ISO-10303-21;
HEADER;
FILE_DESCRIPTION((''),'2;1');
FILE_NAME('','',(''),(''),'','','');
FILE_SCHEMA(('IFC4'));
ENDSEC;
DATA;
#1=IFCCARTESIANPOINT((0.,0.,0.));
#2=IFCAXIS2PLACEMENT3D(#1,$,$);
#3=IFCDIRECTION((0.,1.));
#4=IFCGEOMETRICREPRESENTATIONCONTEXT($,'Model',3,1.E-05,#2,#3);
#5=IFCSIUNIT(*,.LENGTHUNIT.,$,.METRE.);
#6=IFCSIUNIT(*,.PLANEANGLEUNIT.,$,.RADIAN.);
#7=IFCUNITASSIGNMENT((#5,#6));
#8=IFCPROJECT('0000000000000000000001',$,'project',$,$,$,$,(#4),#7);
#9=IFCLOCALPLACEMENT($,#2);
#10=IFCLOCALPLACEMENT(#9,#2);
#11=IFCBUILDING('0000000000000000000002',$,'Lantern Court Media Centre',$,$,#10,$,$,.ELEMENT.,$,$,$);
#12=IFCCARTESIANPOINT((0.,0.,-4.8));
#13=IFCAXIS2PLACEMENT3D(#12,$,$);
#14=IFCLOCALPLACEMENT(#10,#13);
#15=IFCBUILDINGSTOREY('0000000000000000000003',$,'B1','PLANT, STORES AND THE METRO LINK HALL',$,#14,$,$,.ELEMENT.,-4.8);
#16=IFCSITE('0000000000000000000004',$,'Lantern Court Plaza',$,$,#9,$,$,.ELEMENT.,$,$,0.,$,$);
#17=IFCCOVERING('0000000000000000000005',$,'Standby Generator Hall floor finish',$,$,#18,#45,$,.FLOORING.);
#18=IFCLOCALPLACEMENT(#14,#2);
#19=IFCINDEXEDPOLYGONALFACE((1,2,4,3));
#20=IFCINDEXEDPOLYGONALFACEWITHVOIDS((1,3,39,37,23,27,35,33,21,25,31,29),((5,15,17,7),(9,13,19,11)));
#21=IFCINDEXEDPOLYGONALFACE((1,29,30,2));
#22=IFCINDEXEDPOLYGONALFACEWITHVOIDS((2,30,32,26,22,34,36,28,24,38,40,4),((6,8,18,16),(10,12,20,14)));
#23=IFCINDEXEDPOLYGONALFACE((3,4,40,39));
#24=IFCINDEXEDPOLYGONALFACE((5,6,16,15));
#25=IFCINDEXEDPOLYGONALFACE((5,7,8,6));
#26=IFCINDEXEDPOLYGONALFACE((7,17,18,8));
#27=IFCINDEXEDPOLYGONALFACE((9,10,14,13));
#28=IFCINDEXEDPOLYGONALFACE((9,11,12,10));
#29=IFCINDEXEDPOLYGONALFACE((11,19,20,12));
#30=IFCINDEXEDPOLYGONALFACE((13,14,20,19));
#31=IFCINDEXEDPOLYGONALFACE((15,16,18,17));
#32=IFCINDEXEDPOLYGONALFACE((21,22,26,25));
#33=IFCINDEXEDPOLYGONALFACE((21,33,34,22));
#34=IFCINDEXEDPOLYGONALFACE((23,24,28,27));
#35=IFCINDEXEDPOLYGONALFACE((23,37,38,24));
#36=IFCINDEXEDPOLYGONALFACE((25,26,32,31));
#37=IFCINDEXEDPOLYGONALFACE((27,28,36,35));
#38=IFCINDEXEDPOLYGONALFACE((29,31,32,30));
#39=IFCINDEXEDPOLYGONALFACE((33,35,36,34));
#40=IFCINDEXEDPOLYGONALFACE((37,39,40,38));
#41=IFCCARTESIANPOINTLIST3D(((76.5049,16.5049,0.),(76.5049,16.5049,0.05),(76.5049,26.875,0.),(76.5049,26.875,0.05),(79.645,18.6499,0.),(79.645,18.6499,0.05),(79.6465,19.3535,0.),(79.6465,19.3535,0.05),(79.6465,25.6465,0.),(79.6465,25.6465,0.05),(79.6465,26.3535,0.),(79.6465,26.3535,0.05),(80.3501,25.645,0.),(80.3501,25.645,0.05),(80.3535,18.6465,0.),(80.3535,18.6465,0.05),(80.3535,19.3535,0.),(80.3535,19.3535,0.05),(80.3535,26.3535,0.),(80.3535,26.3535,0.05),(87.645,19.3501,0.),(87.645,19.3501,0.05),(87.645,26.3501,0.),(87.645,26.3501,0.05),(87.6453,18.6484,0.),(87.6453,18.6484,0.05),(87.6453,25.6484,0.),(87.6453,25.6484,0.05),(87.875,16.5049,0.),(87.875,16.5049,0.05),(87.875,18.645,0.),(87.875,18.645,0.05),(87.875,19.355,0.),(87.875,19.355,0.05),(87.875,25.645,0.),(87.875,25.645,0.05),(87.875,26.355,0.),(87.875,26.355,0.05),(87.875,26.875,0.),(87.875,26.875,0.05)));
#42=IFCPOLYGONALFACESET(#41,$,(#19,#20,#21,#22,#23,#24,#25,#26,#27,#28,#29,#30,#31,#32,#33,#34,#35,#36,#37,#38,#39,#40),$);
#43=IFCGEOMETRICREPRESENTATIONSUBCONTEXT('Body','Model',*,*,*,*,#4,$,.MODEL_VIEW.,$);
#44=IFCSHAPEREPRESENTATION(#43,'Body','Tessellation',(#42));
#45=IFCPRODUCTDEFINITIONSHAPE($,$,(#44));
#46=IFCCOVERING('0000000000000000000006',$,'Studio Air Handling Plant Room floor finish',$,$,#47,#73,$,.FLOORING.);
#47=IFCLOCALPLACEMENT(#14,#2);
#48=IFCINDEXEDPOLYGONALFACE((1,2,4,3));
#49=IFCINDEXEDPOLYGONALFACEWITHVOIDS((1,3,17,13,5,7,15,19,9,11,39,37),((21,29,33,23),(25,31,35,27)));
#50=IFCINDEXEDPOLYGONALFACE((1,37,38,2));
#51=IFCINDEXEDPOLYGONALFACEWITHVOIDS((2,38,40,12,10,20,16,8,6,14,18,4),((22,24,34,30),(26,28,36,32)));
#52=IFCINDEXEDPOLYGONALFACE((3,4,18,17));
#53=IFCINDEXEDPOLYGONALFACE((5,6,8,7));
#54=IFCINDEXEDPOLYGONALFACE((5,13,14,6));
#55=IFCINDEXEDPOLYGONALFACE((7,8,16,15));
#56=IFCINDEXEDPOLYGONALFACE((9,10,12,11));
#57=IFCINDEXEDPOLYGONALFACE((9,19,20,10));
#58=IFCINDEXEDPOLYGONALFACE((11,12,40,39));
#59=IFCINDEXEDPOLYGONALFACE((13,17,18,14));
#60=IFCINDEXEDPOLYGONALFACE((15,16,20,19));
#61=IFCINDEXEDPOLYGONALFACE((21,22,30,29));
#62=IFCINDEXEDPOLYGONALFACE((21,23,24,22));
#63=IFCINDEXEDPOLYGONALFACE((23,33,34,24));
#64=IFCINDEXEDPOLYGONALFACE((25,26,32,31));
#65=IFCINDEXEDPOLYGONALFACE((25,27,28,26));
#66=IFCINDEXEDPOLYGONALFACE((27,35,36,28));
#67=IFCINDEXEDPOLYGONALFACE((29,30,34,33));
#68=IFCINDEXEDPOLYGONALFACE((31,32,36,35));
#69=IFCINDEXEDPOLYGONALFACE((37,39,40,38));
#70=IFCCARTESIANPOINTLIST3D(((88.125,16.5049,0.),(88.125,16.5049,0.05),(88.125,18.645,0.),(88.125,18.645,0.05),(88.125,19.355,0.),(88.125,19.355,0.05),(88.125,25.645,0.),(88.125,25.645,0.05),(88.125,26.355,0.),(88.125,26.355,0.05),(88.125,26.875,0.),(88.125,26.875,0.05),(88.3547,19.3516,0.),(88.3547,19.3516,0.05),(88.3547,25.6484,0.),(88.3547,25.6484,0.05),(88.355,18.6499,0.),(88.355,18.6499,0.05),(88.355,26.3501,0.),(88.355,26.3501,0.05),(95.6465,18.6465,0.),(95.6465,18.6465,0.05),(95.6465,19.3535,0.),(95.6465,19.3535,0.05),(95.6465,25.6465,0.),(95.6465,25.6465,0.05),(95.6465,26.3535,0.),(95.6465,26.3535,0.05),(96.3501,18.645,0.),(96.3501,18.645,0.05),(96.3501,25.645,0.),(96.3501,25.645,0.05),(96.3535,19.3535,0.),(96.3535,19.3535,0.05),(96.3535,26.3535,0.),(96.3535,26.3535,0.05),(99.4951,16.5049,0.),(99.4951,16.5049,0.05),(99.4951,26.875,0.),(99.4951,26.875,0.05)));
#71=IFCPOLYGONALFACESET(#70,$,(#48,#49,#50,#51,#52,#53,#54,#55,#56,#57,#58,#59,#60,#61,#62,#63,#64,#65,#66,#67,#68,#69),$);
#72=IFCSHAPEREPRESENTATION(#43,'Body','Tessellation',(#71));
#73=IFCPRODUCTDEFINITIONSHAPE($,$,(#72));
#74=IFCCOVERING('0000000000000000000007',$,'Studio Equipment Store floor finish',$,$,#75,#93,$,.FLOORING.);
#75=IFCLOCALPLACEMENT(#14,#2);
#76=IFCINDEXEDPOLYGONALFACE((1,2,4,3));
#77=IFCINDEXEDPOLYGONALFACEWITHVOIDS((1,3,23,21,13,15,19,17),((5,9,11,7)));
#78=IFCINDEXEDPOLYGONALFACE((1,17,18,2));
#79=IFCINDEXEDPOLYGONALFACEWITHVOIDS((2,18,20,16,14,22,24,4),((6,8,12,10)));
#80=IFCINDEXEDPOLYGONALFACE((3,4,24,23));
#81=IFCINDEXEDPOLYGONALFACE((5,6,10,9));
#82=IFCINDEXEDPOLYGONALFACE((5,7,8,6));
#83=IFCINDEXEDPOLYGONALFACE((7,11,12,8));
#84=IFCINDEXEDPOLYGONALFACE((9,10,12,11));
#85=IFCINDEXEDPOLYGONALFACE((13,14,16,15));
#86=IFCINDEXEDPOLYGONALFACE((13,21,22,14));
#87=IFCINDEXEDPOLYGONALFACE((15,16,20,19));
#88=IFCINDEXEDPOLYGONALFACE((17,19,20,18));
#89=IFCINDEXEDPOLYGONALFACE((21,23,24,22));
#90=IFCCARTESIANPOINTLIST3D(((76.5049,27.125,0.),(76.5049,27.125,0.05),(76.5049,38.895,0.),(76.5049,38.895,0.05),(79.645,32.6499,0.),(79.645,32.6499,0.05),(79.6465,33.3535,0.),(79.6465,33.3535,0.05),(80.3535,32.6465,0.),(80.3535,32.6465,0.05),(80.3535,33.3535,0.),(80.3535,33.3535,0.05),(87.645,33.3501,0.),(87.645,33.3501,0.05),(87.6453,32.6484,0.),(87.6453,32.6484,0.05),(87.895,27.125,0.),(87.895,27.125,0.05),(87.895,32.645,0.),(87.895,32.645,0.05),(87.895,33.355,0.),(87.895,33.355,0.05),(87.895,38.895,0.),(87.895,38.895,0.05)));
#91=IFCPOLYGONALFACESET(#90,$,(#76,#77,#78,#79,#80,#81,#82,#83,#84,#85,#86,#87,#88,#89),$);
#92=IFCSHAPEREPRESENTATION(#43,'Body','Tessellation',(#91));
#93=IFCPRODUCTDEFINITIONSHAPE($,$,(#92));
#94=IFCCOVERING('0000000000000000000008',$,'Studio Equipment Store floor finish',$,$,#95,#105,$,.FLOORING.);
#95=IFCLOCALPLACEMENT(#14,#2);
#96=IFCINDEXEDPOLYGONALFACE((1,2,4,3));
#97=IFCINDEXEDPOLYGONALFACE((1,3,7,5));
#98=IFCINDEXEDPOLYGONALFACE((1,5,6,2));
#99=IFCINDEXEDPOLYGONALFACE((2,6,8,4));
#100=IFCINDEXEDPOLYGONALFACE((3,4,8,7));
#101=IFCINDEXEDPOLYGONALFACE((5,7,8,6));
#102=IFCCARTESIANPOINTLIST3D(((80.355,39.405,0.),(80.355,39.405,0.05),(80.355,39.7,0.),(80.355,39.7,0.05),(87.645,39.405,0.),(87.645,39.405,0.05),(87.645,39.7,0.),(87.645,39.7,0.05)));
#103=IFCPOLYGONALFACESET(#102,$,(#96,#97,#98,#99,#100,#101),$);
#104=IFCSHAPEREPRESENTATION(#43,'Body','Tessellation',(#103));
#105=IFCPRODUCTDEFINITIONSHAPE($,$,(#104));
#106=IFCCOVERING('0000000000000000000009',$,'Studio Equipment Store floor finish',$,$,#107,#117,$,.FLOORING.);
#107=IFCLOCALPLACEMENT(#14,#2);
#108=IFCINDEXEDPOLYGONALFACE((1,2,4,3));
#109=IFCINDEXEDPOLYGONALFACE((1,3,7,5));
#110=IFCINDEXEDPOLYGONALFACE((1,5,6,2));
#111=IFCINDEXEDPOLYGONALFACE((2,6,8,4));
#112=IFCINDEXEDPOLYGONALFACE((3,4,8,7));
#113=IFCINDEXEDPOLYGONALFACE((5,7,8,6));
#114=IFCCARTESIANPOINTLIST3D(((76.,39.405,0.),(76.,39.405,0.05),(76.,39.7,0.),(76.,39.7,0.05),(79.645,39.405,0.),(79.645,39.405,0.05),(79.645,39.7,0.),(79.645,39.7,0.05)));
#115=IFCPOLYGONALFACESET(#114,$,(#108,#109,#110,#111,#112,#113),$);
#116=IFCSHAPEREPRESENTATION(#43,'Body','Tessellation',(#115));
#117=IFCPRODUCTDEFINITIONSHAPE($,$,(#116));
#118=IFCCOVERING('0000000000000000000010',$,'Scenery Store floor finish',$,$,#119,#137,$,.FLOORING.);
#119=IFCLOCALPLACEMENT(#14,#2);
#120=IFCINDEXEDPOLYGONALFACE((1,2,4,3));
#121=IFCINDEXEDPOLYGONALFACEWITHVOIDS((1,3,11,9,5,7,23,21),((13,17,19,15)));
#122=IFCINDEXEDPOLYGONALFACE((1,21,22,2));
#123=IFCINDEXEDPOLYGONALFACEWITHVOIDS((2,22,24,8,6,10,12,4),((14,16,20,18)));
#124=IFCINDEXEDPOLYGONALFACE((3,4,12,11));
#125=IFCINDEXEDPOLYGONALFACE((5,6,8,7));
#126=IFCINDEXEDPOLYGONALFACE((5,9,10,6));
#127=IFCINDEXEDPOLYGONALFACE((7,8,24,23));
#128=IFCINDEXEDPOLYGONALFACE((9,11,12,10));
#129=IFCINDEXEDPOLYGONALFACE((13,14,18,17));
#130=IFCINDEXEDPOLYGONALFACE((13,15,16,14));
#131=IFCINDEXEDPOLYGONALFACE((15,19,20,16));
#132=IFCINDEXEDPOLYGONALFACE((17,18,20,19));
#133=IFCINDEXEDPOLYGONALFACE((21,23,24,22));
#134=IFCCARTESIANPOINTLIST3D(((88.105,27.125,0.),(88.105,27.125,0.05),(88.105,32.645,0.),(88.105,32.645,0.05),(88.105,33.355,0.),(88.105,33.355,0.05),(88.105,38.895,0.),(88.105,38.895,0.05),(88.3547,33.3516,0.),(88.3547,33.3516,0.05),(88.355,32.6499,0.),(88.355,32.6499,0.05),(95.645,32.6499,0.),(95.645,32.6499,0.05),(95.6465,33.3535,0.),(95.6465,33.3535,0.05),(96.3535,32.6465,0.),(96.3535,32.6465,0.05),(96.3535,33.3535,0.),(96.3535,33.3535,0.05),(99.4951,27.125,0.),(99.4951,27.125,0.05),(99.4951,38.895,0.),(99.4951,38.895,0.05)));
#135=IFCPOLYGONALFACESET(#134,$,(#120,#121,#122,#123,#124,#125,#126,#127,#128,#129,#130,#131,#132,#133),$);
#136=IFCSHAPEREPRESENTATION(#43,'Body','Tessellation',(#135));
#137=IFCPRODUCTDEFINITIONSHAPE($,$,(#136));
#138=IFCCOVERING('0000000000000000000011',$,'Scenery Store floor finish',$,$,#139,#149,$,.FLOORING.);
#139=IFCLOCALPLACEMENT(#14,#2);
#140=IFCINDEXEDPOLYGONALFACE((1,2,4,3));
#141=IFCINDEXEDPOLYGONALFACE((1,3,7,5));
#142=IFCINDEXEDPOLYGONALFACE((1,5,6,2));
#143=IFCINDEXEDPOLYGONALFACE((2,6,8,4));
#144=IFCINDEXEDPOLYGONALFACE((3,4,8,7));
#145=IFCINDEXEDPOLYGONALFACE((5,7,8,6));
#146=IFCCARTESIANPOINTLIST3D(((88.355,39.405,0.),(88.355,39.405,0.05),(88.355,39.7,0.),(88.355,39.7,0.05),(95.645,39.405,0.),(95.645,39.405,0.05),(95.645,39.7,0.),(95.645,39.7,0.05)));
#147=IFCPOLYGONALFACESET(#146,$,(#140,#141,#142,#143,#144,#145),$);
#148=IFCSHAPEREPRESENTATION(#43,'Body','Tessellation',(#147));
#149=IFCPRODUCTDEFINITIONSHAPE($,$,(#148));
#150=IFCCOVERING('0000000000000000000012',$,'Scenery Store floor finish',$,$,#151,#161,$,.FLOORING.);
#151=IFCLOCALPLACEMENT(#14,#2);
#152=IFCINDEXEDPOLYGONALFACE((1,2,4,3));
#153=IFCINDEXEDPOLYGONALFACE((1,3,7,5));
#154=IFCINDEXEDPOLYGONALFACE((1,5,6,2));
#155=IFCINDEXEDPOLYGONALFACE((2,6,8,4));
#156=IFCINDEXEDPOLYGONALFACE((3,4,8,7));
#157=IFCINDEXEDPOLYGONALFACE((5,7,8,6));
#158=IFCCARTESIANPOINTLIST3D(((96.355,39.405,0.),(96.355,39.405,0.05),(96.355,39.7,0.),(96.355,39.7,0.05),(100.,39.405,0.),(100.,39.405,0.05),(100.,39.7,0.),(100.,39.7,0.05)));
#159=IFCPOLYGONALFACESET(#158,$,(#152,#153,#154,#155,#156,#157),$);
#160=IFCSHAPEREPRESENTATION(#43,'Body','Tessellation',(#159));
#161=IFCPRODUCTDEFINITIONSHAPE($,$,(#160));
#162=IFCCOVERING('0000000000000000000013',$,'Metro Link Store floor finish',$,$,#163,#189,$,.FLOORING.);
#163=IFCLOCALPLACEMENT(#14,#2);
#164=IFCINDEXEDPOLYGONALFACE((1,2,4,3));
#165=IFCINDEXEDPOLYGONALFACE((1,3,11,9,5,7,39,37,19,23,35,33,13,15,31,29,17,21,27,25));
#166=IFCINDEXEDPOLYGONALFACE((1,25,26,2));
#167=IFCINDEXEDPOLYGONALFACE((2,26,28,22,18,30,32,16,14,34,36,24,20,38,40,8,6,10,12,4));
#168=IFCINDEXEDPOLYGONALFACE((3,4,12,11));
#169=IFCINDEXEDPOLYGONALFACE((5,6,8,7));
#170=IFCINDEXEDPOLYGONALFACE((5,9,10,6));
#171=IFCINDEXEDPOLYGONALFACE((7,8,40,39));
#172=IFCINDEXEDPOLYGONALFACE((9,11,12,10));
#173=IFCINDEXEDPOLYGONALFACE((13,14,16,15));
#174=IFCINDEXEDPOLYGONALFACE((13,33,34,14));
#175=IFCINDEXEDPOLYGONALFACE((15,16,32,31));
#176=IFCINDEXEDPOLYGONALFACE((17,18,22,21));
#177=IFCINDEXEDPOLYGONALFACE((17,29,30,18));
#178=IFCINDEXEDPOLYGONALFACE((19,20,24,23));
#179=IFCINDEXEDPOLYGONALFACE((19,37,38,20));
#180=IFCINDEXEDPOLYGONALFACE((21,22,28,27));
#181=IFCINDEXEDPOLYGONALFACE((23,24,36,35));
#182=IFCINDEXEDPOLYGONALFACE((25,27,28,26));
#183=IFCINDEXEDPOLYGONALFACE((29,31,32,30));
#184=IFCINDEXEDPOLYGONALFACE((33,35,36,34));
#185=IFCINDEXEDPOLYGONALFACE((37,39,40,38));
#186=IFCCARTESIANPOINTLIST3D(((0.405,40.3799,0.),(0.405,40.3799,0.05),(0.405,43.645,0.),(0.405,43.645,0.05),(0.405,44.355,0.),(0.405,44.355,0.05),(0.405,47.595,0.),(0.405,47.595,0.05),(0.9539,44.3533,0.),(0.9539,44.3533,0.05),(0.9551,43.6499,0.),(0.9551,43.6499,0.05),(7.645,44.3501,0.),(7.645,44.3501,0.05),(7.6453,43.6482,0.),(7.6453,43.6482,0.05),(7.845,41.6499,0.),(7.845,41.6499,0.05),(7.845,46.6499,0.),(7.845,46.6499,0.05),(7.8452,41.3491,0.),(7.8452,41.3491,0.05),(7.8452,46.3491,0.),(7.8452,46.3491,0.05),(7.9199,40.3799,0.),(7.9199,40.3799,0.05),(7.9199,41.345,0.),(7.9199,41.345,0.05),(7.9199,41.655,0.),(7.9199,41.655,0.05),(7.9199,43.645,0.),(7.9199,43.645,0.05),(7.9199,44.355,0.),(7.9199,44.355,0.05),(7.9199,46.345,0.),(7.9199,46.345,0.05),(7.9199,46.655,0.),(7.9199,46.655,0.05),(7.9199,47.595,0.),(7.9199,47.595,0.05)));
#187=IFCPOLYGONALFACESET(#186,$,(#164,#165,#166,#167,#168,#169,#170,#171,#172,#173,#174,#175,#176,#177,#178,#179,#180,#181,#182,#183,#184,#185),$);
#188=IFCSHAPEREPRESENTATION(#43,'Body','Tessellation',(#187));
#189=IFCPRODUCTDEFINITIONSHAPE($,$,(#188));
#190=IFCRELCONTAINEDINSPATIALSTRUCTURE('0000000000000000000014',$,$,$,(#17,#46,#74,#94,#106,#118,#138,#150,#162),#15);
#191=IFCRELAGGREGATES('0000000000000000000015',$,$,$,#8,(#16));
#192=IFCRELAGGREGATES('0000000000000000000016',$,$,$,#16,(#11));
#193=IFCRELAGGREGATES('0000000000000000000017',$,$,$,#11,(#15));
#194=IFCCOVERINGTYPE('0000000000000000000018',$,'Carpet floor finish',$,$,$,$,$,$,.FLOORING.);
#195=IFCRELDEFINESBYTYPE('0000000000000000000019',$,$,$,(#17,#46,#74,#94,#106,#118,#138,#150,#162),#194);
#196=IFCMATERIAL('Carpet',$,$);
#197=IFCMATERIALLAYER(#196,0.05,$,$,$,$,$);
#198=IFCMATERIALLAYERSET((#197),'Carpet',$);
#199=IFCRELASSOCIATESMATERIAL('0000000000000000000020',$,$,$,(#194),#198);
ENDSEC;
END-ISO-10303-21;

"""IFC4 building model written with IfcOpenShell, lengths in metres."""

from ifc_helpers import new_model, si_unit, direction, frame, origin, place, context, subcontext, project, spatial, polyline, outline, extrude, material, layer, layer_set, type_object, element, save


model = new_model("IFC4")

# Units and contexts
model_context = context("Model", 3, precision=1e-05, world=origin(), true_north=direction((0.0, 1.0)))
body_context = subcontext(model_context, "Body", "Model", "MODEL_VIEW")
ifc_project = project(units=[si_unit("LENGTHUNIT", "METRE"), si_unit("PLANEANGLEUNIT", "RADIAN")], contexts=[model_context])

# Site, building, storey
site_placement = place(None, origin())
site = spatial("IfcSite", under=ifc_project, at=site_placement, Name="Lantern Court Plaza", CompositionType="ELEMENT", RefElevation=0.0)
building_placement = place(site_placement, origin())
building = spatial("IfcBuilding", under=site, at=building_placement, Name="Lantern Court Media Centre", CompositionType="ELEMENT")
storey_placement = place(building_placement, frame((0.0, 0.0, -4.8)))
storey = spatial("IfcBuildingStorey", under=building, at=storey_placement, Name="B1", Description="PLANT, STORES AND THE METRO LINK HALL", CompositionType="ELEMENT", Elevation=-4.8)

# Coverings
ifc_material_1 = material(Name="Carpet")
ifc_layer_1 = layer(ifc_material_1, 0.05)
ifc_layer_set_1 = layer_set([ifc_layer_1], Name="Carpet")
covering_type_1 = type_object("IfcCoveringType", Name="Carpet floor finish", PredefinedType="FLOORING", material=ifc_layer_set_1)
covering_1_placement = place(storey_placement, origin())
element("IfcCovering", 1, at=covering_1_placement, inside=storey, type_object=covering_type_1, Name="Standby Generator Hall floor finish", PredefinedType="FLOORING", context=body_context, shape_type="SweptSolid", body=[
    extrude(outline(polyline([(87.875, 26.875), (87.875, 26.355), (87.645, 26.3501), (87.6453, 25.6484), (87.875, 25.645), (87.875, 19.355), (87.645, 19.3501), (87.6453, 18.6484), (87.875, 18.645), (87.875, 16.5049), (76.5049, 16.5049), (76.5049, 26.875), (87.875, 26.875)]), holes=[polyline([(79.645, 18.6499), (80.3535, 18.6465), (80.3535, 19.3535), (79.6465, 19.3535), (79.645, 18.6499)]), polyline([(80.3501, 25.645), (80.3535, 26.3535), (79.6465, 26.3535), (79.6465, 25.6465), (80.3501, 25.645)])]), origin(), (0.0, 0.0, 1.0), 0.05),
])
covering_2_placement = place(storey_placement, origin())
element("IfcCovering", 2, at=covering_2_placement, inside=storey, type_object=covering_type_1, Name="Studio Air Handling Plant Room floor finish", PredefinedType="FLOORING", context=body_context, shape_type="SweptSolid", body=[
    extrude(outline(polyline([(88.125, 18.645), (88.355, 18.6499), (88.3547, 19.3516), (88.125, 19.355), (88.125, 25.645), (88.3547, 25.6484), (88.355, 26.3501), (88.125, 26.355), (88.125, 26.875), (99.4951, 26.875), (99.4951, 16.5049), (88.125, 16.5049), (88.125, 18.645)]), holes=[polyline([(96.3501, 18.645), (96.3535, 19.3535), (95.6465, 19.3535), (95.6465, 18.6465), (96.3501, 18.645)]), polyline([(96.3501, 25.645), (96.3535, 26.3535), (95.6465, 26.3535), (95.6465, 25.6465), (96.3501, 25.645)])]), origin(), (0.0, 0.0, 1.0), 0.05),
])
covering_3_placement = place(storey_placement, origin())
element("IfcCovering", 3, at=covering_3_placement, inside=storey, type_object=covering_type_1, Name="Studio Equipment Store floor finish", PredefinedType="FLOORING", context=body_context, shape_type="SweptSolid", body=[
    extrude(outline(polyline([(87.895, 27.125), (76.5049, 27.125), (76.5049, 38.895), (87.895, 38.895), (87.895, 33.355), (87.645, 33.3501), (87.6453, 32.6484), (87.895, 32.645), (87.895, 27.125)]), holes=[polyline([(79.645, 32.6499), (80.3535, 32.6465), (80.3535, 33.3535), (79.6465, 33.3535), (79.645, 32.6499)])]), origin(), (0.0, 0.0, 1.0), 0.05),
])
covering_4_placement = place(storey_placement, origin())
element("IfcCovering", 4, at=covering_4_placement, inside=storey, type_object=covering_type_1, Name="Studio Equipment Store floor finish", PredefinedType="FLOORING", context=body_context, shape_type="SweptSolid", body=[
    extrude(outline(polyline([(87.645, 39.7), (87.645, 39.405), (80.355, 39.405), (80.355, 39.7), (87.645, 39.7)])), origin(), (0.0, 0.0, 1.0), 0.05),
])
covering_5_placement = place(storey_placement, origin())
element("IfcCovering", 5, at=covering_5_placement, inside=storey, type_object=covering_type_1, Name="Studio Equipment Store floor finish", PredefinedType="FLOORING", context=body_context, shape_type="SweptSolid", body=[
    extrude(outline(polyline([(76.0, 39.7), (79.645, 39.7), (79.645, 39.405), (76.0, 39.405), (76.0, 39.7)])), origin(), (0.0, 0.0, 1.0), 0.05),
])
covering_6_placement = place(storey_placement, origin())
element("IfcCovering", 6, at=covering_6_placement, inside=storey, type_object=covering_type_1, Name="Scenery Store floor finish", PredefinedType="FLOORING", context=body_context, shape_type="SweptSolid", body=[
    extrude(outline(polyline([(88.105, 27.125), (88.105, 32.645), (88.355, 32.6499), (88.3547, 33.3516), (88.105, 33.355), (88.105, 38.895), (99.4951, 38.895), (99.4951, 27.125), (88.105, 27.125)]), holes=[polyline([(95.645, 32.6499), (96.3535, 32.6465), (96.3535, 33.3535), (95.6465, 33.3535), (95.645, 32.6499)])]), origin(), (0.0, 0.0, 1.0), 0.05),
])
covering_7_placement = place(storey_placement, origin())
element("IfcCovering", 7, at=covering_7_placement, inside=storey, type_object=covering_type_1, Name="Scenery Store floor finish", PredefinedType="FLOORING", context=body_context, shape_type="SweptSolid", body=[
    extrude(outline(polyline([(95.645, 39.7), (95.645, 39.405), (88.355, 39.405), (88.355, 39.7), (95.645, 39.7)])), origin(), (0.0, 0.0, 1.0), 0.05),
])
covering_8_placement = place(storey_placement, origin())
element("IfcCovering", 8, at=covering_8_placement, inside=storey, type_object=covering_type_1, Name="Scenery Store floor finish", PredefinedType="FLOORING", context=body_context, shape_type="SweptSolid", body=[
    extrude(outline(polyline([(100.0, 39.7), (100.0, 39.405), (96.355, 39.405), (96.355, 39.7), (100.0, 39.7)])), origin(), (0.0, 0.0, 1.0), 0.05),
])
covering_9_placement = place(storey_placement, origin())
element("IfcCovering", 9, at=covering_9_placement, inside=storey, type_object=covering_type_1, Name="Metro Link Store floor finish", PredefinedType="FLOORING", context=body_context, shape_type="SweptSolid", body=[
    extrude(outline(polyline([(7.9199, 40.3799), (0.405, 40.3799), (0.405, 43.645), (0.9551, 43.6499), (0.9539, 44.3533), (0.405, 44.355), (0.405, 47.595), (7.9199, 47.595), (7.9199, 46.655), (7.845, 46.6499), (7.8452, 46.3491), (7.9199, 46.345), (7.9199, 44.355), (7.645, 44.3501), (7.6453, 43.6482), (7.9199, 43.645), (7.9199, 41.655), (7.845, 41.6499), (7.8452, 41.3491), (7.9199, 41.345), (7.9199, 40.3799)])), origin(), (0.0, 0.0, 1.0), 0.05),
])

save(model, "model.ifc")
